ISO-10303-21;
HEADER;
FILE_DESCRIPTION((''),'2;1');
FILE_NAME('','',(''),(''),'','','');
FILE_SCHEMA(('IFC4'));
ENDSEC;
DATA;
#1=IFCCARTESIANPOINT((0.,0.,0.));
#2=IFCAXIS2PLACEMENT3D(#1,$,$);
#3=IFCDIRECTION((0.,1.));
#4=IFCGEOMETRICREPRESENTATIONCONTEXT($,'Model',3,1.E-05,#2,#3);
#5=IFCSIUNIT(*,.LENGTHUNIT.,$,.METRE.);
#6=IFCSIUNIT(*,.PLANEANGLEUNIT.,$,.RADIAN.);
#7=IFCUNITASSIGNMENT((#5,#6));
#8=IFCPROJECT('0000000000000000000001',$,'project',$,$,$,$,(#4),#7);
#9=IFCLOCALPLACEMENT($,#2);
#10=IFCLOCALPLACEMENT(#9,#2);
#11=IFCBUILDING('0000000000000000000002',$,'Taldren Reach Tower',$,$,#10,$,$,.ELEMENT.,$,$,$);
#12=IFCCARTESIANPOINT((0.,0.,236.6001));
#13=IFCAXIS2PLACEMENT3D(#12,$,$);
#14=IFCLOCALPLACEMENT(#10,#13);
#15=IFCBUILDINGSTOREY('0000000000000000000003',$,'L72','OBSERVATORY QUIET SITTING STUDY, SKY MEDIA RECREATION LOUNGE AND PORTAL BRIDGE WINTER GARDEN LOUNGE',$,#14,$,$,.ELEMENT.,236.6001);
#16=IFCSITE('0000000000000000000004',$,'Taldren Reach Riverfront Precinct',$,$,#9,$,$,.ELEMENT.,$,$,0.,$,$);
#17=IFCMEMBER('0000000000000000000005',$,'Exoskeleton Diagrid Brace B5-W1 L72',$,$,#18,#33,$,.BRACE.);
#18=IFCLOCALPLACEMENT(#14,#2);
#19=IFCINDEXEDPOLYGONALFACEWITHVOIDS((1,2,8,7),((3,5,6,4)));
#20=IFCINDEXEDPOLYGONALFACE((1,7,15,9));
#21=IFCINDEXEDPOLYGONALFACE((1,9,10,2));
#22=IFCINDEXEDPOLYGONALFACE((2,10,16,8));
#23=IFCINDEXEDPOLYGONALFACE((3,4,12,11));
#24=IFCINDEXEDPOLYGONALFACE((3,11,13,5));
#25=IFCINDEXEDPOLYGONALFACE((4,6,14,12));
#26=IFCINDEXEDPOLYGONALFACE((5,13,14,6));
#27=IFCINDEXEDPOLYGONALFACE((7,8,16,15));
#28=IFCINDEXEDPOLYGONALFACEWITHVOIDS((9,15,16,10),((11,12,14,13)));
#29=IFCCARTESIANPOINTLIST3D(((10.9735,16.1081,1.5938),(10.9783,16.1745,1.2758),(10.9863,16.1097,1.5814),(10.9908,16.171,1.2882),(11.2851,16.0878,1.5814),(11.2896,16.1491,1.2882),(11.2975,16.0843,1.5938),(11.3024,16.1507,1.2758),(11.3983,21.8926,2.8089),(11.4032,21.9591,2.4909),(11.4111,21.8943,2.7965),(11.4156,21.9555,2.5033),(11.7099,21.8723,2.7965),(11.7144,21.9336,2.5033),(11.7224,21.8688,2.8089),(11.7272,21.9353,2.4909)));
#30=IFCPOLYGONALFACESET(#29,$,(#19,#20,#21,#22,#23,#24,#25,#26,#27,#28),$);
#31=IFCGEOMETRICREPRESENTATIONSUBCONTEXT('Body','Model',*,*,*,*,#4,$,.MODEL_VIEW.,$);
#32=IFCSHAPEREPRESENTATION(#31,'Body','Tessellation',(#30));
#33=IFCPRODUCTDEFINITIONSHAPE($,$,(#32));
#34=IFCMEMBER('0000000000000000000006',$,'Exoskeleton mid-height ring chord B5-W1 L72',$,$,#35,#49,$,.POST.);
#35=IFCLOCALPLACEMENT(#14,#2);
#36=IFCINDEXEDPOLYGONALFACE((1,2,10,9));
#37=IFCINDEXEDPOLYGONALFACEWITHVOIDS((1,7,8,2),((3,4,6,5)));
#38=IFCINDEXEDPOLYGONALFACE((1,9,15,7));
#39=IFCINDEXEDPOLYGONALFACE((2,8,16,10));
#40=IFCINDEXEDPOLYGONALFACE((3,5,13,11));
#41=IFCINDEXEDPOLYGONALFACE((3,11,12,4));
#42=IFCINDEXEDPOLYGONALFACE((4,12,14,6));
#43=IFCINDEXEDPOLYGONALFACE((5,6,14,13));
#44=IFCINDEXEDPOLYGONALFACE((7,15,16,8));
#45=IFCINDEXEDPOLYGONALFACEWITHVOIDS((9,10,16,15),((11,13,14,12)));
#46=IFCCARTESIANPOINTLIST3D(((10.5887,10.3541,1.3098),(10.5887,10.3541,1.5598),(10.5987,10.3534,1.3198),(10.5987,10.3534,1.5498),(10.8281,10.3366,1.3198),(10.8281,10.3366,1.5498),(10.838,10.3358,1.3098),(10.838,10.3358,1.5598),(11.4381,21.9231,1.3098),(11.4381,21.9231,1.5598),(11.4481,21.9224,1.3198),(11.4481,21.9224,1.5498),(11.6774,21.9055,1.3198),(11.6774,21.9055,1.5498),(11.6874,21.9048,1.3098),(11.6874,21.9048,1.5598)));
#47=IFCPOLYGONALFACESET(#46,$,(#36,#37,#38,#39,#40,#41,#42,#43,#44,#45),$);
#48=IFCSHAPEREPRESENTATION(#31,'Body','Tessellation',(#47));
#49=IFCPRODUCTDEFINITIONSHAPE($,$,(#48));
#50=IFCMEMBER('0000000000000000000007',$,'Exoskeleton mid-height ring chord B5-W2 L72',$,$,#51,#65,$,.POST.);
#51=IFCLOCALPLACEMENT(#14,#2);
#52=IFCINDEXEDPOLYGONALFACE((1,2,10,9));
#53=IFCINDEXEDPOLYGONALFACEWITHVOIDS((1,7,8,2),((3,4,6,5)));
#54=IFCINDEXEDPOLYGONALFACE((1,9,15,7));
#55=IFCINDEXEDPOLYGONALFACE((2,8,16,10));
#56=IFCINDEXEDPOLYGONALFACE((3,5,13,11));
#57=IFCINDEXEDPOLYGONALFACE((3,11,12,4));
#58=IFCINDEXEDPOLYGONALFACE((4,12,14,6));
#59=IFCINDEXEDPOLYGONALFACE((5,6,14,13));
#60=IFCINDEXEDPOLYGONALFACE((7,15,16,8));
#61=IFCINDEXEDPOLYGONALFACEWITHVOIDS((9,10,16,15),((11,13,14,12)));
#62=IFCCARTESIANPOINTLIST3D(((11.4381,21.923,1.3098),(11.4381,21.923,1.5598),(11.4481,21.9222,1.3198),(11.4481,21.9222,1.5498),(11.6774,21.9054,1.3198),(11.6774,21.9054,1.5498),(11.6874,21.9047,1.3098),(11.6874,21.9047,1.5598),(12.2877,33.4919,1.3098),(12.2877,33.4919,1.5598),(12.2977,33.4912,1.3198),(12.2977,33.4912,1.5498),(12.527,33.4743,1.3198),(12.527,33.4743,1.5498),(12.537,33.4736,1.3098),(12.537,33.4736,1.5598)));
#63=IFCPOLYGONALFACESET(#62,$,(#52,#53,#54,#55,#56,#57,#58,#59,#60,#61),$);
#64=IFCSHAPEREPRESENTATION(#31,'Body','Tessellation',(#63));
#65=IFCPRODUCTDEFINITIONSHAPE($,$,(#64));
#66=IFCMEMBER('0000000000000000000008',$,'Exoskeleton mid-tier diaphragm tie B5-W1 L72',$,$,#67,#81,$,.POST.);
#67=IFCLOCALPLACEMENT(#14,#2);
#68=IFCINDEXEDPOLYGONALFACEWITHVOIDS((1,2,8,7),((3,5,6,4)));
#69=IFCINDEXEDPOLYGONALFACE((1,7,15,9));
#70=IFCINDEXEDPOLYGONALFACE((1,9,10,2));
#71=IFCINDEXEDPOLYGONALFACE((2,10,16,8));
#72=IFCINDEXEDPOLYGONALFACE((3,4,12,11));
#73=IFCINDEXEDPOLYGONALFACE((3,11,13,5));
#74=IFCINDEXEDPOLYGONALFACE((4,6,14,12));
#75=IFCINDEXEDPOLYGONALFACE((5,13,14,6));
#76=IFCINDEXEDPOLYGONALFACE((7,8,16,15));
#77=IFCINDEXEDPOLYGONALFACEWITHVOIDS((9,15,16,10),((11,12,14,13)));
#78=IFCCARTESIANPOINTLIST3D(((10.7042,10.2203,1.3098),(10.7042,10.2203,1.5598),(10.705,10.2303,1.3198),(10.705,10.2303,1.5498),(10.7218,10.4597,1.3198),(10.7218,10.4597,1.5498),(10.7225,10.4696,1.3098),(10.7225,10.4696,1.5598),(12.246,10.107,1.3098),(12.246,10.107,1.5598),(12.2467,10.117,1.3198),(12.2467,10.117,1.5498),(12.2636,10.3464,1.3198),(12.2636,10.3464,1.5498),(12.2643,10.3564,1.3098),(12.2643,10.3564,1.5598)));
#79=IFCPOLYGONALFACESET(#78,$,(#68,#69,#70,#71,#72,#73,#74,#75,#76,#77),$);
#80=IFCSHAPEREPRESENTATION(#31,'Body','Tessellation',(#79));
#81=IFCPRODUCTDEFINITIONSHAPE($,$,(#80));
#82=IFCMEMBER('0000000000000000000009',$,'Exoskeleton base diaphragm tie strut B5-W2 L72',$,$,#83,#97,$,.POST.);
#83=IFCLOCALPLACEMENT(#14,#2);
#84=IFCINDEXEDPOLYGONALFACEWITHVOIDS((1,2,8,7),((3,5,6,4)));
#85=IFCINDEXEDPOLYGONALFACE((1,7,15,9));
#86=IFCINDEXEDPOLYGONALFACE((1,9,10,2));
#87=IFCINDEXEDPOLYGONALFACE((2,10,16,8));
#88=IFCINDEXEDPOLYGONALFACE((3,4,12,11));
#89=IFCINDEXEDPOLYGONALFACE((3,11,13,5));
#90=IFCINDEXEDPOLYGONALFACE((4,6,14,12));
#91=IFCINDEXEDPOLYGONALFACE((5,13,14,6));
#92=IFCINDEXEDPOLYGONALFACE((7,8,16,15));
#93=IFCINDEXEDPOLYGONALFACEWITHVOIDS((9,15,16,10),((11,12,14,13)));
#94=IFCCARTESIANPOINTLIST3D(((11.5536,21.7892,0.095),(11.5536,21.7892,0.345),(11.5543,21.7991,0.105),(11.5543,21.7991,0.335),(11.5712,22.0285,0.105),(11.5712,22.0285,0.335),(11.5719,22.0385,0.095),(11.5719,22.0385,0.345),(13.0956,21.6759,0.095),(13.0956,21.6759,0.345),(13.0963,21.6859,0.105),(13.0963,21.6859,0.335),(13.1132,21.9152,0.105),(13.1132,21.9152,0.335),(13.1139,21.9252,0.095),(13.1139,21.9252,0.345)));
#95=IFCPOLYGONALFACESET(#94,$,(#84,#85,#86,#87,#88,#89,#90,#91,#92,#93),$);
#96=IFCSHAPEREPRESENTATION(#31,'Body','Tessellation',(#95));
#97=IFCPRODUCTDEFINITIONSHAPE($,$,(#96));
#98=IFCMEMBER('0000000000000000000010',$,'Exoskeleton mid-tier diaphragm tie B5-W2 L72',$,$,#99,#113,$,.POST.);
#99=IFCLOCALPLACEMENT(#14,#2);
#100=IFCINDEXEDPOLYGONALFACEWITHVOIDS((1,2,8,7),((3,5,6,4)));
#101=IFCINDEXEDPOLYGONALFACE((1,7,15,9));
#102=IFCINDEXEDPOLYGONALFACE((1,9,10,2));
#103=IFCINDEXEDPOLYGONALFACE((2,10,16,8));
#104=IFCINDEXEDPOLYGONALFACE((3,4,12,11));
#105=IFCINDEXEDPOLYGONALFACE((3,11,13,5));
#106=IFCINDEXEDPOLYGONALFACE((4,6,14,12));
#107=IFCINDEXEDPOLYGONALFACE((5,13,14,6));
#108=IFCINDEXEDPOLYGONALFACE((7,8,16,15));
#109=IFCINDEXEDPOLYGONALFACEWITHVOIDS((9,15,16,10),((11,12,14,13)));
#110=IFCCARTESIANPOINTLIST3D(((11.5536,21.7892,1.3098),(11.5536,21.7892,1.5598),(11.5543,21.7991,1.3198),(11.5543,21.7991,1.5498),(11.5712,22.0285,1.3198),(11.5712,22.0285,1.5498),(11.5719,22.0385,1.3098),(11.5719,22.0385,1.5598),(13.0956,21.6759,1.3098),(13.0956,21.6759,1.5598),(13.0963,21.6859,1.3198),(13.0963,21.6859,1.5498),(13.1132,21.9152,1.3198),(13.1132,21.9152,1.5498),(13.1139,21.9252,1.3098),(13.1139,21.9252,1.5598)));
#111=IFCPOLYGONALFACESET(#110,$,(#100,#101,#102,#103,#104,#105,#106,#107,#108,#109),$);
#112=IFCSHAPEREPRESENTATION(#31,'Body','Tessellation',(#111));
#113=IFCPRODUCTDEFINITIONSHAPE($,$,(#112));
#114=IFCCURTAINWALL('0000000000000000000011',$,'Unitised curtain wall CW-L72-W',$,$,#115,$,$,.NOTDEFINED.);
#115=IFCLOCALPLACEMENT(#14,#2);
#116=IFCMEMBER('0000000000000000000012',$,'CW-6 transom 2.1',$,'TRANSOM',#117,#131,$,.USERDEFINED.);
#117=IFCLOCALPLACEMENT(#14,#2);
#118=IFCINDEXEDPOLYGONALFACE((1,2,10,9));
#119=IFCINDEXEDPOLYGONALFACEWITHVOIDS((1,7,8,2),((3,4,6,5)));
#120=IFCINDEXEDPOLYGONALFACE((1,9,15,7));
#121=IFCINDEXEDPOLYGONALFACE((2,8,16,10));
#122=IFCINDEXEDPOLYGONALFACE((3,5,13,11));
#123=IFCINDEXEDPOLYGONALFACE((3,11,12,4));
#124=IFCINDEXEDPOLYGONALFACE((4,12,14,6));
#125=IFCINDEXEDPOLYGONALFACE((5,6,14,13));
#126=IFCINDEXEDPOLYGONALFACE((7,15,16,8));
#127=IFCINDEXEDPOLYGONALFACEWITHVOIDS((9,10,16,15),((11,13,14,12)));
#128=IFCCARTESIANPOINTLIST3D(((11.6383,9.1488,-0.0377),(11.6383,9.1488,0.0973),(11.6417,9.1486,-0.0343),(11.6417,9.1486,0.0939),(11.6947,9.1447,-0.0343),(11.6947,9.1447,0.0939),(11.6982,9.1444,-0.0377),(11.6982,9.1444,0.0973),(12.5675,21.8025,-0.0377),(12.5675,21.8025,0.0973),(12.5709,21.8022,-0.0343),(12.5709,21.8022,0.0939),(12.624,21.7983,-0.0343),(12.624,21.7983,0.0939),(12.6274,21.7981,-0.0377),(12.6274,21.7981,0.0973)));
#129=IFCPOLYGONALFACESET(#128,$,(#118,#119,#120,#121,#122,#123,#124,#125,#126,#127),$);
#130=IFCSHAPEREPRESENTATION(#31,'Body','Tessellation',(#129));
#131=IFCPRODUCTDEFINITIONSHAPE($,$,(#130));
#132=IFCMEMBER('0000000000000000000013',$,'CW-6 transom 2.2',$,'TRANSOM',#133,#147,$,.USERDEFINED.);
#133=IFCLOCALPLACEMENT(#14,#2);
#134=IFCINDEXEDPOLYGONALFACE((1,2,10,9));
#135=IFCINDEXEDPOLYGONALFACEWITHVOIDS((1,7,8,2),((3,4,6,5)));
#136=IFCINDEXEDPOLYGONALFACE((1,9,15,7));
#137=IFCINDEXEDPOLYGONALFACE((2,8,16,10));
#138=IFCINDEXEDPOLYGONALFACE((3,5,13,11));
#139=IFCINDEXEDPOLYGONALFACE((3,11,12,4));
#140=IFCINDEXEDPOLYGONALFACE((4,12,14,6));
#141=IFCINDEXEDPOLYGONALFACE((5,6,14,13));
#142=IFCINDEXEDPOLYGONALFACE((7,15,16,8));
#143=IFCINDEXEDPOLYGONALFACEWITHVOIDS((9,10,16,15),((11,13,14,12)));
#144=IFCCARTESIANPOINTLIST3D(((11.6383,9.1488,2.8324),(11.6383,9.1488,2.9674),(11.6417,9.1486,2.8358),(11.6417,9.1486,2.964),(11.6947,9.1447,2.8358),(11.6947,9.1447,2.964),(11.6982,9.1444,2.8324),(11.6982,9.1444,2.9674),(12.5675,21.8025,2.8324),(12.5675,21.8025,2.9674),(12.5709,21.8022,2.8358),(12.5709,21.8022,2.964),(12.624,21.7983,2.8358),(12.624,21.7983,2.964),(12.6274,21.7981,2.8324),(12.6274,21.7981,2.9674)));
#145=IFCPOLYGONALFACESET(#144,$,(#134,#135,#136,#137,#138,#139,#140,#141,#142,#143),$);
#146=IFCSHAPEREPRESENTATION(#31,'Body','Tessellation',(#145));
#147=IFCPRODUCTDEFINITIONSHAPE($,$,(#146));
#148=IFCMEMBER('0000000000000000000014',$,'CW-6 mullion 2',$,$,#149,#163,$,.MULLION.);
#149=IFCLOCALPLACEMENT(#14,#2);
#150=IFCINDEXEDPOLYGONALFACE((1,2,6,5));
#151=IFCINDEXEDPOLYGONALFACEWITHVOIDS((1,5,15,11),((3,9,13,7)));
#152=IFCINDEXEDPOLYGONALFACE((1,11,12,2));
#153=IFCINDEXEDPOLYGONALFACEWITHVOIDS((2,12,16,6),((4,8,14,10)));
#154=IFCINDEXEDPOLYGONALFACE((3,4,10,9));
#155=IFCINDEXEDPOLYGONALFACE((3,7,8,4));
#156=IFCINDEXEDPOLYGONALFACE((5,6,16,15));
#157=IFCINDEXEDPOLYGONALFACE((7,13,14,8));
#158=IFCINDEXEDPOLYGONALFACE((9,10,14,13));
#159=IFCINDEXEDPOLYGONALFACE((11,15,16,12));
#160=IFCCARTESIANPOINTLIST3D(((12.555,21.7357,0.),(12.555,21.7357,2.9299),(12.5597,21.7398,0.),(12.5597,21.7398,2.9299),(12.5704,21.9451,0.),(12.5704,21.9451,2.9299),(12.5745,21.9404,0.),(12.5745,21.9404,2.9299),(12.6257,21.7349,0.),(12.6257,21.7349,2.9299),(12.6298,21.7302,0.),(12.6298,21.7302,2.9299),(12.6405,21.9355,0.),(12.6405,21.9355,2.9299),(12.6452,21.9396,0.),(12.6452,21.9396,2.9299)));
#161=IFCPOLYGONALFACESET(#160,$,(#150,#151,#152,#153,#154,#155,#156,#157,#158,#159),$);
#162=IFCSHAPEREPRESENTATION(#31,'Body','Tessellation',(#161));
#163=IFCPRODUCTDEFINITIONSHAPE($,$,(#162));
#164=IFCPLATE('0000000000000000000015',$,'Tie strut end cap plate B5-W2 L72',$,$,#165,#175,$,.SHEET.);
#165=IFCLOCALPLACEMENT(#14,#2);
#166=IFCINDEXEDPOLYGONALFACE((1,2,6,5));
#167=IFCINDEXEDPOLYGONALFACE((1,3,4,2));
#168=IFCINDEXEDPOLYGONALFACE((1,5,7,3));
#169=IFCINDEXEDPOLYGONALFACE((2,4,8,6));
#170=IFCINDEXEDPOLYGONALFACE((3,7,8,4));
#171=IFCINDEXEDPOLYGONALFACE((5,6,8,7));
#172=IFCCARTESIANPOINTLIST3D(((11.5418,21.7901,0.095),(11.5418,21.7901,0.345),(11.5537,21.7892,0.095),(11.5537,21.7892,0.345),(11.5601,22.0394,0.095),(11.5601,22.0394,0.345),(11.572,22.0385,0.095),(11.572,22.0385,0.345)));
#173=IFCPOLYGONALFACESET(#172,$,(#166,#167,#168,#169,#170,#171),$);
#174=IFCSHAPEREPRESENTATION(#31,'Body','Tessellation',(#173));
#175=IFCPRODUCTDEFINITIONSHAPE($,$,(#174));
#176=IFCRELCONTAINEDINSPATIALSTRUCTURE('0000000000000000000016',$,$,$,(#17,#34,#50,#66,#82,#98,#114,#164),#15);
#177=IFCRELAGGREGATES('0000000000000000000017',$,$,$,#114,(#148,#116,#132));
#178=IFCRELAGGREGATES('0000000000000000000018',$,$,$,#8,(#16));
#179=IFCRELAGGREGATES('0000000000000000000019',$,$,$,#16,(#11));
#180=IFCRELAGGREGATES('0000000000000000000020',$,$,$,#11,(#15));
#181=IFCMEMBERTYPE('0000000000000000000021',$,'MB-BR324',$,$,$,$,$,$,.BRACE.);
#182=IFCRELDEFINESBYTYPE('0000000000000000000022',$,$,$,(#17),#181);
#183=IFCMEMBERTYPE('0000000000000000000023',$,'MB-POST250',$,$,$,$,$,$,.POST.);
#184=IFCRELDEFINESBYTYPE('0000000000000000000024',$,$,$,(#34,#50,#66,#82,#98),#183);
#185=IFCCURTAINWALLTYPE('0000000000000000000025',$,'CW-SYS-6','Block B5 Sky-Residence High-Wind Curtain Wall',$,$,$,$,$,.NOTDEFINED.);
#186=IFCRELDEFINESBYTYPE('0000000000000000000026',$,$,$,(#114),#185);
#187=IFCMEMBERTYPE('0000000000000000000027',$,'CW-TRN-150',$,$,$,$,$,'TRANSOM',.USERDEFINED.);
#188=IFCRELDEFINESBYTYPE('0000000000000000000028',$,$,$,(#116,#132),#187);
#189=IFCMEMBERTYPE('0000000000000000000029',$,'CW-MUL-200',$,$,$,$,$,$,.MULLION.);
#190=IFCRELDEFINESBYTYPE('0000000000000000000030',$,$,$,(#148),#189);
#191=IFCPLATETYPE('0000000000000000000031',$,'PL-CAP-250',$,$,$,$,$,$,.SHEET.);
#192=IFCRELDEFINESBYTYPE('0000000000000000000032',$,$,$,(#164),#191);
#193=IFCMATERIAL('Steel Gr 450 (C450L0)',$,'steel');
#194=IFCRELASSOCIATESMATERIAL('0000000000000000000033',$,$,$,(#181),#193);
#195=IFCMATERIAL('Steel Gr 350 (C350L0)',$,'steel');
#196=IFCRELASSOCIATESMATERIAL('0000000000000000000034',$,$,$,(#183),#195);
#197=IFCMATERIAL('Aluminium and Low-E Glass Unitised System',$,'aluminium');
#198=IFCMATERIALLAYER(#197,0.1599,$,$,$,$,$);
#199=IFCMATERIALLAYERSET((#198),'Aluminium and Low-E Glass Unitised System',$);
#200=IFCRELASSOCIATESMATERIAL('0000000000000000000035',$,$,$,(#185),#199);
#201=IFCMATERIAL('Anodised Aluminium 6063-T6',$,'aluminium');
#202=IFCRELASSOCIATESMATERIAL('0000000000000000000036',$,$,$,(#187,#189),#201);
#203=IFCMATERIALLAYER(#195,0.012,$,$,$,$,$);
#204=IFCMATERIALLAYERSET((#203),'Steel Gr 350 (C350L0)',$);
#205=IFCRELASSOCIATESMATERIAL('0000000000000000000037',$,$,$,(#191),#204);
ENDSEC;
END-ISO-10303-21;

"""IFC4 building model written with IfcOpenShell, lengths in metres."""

from ifc_helpers import new_model, si_unit, direction, frame, origin, origin_2d, place, context, subcontext, project, spatial, rectangle, hollow_rectangle, extrude, source, transform, mapped, material, layer, layer_set, material_profile, profile_set, type_object, element, aggregate, save


model = new_model("IFC4")

# Units and contexts
model_context = context("Model", 3, precision=1e-05, world=origin(), true_north=direction((0.0, 1.0)))
body_context = subcontext(model_context, "Body", "Model", "MODEL_VIEW")
ifc_project = project(units=[si_unit("LENGTHUNIT", "METRE"), si_unit("PLANEANGLEUNIT", "RADIAN")], contexts=[model_context])

# Site, building, storey
site_placement = place(None, origin())
site = spatial("IfcSite", under=ifc_project, at=site_placement, Name="Taldren Reach Riverfront Precinct", CompositionType="ELEMENT", RefElevation=0.0)
building_placement = place(site_placement, origin())
building = spatial("IfcBuilding", under=site, at=building_placement, Name="Taldren Reach Tower", CompositionType="ELEMENT")
storey_placement = place(building_placement, frame((0.0, 0.0, 236.6001)))
storey = spatial("IfcBuildingStorey", under=building, at=storey_placement, Name="L72", Description="OBSERVATORY QUIET SITTING STUDY, SKY MEDIA RECREATION LOUNGE AND PORTAL BRIDGE WINTER GARDEN LOUNGE", CompositionType="ELEMENT", Elevation=236.6001)

# Shared definitions
ifc_material_1 = material(Name="Steel Gr 450 (C450L0)", Category="steel")

# Members
ifc_material_profile_1 = material_profile(ifc_material_1, hollow_rectangle(XDim=0.325, YDim=0.325, WallThickness=0.0127, at=origin_2d()), Name="325x325x12.7SHS")
ifc_profile_set_1 = profile_set([ifc_material_profile_1], Name="Steel Gr 450 (C450L0)")
member_type_1 = type_object("IfcMemberType", Name="MB-BR324", PredefinedType="BRACE", material=ifc_profile_set_1)
shared_shape_1 = source(origin(), body_context, "Body", "SweptSolid", [
    extrude(hollow_rectangle(XDim=0.325, YDim=0.325, WallThickness=0.0127, at=origin_2d()), origin(), (0.0, 0.0, 1.0), 5.926),
])
member_1_placement = place(storey_placement, frame((11.1379, 16.1294, 1.4348), z_axis=(0.071686, 0.976123, 0.205046), x_axis=(-0.997314, 0.073242, 0.0)))
element("IfcMember", 1, at=member_1_placement, inside=storey, type_object=member_type_1, Name="Exoskeleton Diagrid Brace B5-W1 L72", PredefinedType="BRACE", context=body_context, shape_type="MappedRepresentation", body=[
    mapped(shared_shape_1, transform((0.0, 0.0, 0.0), scale=1.0)),
])
ifc_material_2 = material(Name="Steel Gr 350 (C350L0)", Category="steel")
ifc_material_profile_2 = material_profile(ifc_material_2, hollow_rectangle(XDim=0.25, YDim=0.25, WallThickness=0.01, at=origin_2d()), Name="250x250x10.0SHS")
ifc_profile_set_2 = profile_set([ifc_material_profile_2], Name="Steel Gr 350 (C350L0)")
member_type_2 = type_object("IfcMemberType", Name="MB-POST250", PredefinedType="POST", material=ifc_profile_set_2)
shared_shape_2 = source(origin(), body_context, "Body", "SweptSolid", [
    extrude(hollow_rectangle(XDim=0.25, YDim=0.25, WallThickness=0.01, at=origin_2d()), origin(), (0.0, 0.0, 1.0), 11.6001),
])
for number, where, z_axis, x_axis, name in (
    (2, (10.7134, 10.345, 1.4348), (0.073221, 0.997316, 0.0), (-0.997316, 0.073221, 0.0), "Exoskeleton mid-height ring chord B5-W1 L72"),
    (3, (11.5627, 21.9138, 1.4348), (0.073242, 0.997314, 0.0), (-0.997314, 0.073242, 0.0), "Exoskeleton mid-height ring chord B5-W2 L72"),
):
    element("IfcMember", number, at=place(storey_placement, frame(where, z_axis=z_axis, x_axis=x_axis)), inside=storey, type_object=member_type_2, Name=name, PredefinedType="POST", context=body_context, shape_type="MappedRepresentation", body=[
        mapped(shared_shape_2, transform((0.0, 0.0, 0.0), scale=1.0)),
    ])
shared_shape_3 = source(origin(), body_context, "Body", "SweptSolid", [
    extrude(hollow_rectangle(XDim=0.25, YDim=0.25, WallThickness=0.01, at=origin_2d()), origin(), (0.0, 0.0, 1.0), 1.5459),
])
member_2_placement = place(storey_placement, frame((12.2551, 10.2317, 1.4348), z_axis=(-0.997312, 0.073278, 0.0), x_axis=(-0.073278, -0.997312, 0.0)))
element("IfcMember", 4, at=member_2_placement, inside=storey, type_object=member_type_2, Name="Exoskeleton mid-tier diaphragm tie B5-W1 L72", PredefinedType="POST", context=body_context, shape_type="MappedRepresentation", body=[
    mapped(shared_shape_3, transform((0.0, 0.0, 0.0), scale=1.0)),
])
shared_shape_4 = source(origin(), body_context, "Body", "SweptSolid", [
    extrude(hollow_rectangle(XDim=0.25, YDim=0.25, WallThickness=0.01, at=origin_2d()), origin(), (0.0, 0.0, 1.0), 1.5461),
])
for number, where, z_axis, x_axis, name in (
    (5, (13.1047, 21.8005, 0.22), (-0.997312, 0.073267, 0.0), (-0.073267, -0.997312, 0.0), "Exoskeleton base diaphragm tie strut B5-W2 L72"),
    (6, (13.1047, 21.8005, 1.4348), (-0.997312, 0.073267, 0.0), (-0.073267, -0.997312, 0.0), "Exoskeleton mid-tier diaphragm tie B5-W2 L72"),
):
    element("IfcMember", number, at=place(storey_placement, frame(where, z_axis=z_axis, x_axis=x_axis)), inside=storey, type_object=member_type_2, Name=name, PredefinedType="POST", context=body_context, shape_type="MappedRepresentation", body=[
        mapped(shared_shape_4, transform((0.0, 0.0, 0.0), scale=1.0)),
    ])

# Curtain wall, members
ifc_material_3 = material(Name="Aluminium and Low-E Glass Unitised System", Category="aluminium")
ifc_layer_1 = layer(ifc_material_3, 0.1599)
ifc_layer_set_1 = layer_set([ifc_layer_1], Name="Aluminium and Low-E Glass Unitised System")
curtain_wall_type = type_object("IfcCurtainWallType", Name="CW-SYS-6", Description="Block B5 Sky-Residence High-Wind Curtain Wall", PredefinedType="NOTDEFINED", material=ifc_layer_set_1)
curtain_wall_placement = place(storey_placement, origin())
curtain_wall = element("IfcCurtainWall", 7, at=curtain_wall_placement, inside=storey, type_object=curtain_wall_type, Name="Unitised curtain wall CW-L72-W", PredefinedType="NOTDEFINED")
ifc_material_4 = material(Name="Anodised Aluminium 6063-T6", Category="aluminium")
ifc_material_profile_3 = material_profile(ifc_material_4, hollow_rectangle(XDim=0.0601, YDim=0.135, WallThickness=0.0034, at=origin_2d()), Name="ALU-135x60x3.5RHS")
ifc_profile_set_3 = profile_set([ifc_material_profile_3], Name="Anodised Aluminium 6063-T6")
member_type_3 = type_object("IfcMemberType", Name="CW-TRN-150", ElementType="TRANSOM", PredefinedType="USERDEFINED", material=ifc_profile_set_3)
shared_shape_5 = source(origin(), body_context, "Body", "SweptSolid", [
    extrude(hollow_rectangle(XDim=0.0601, YDim=0.135, WallThickness=0.0034, at=origin_2d()), origin(), (0.0, 0.0, 1.0), 12.6877),
])
member_3_placement = place(storey_placement, frame((12.5974, 21.8003, 0.0298), z_axis=(-0.073237, -0.997315, 0.0), x_axis=(0.997315, -0.073237, 0.0)))
member_3 = element("IfcMember", 8, at=member_3_placement, type_object=member_type_3, Name="CW-6 transom 2.1", ObjectType="TRANSOM", PredefinedType="USERDEFINED", context=body_context, shape_type="MappedRepresentation", body=[
    mapped(shared_shape_5, transform((0.0, 0.0, 0.0), scale=1.0)),
])
member_4_placement = place(storey_placement, frame((12.5974, 21.8003, 2.8999), z_axis=(-0.073237, -0.997315, 0.0), x_axis=(0.997315, -0.073237, 0.0)))
member_4 = element("IfcMember", 9, at=member_4_placement, type_object=member_type_3, Name="CW-6 transom 2.2", ObjectType="TRANSOM", PredefinedType="USERDEFINED", context=body_context, shape_type="MappedRepresentation", body=[
    mapped(shared_shape_5, transform((0.0, 0.0, 0.0), scale=1.0)),
])
ifc_material_profile_4 = material_profile(ifc_material_4, hollow_rectangle(XDim=0.075, YDim=0.21, WallThickness=0.0044, at=origin_2d()), Name="ALU-210x75x4.5RHS")
ifc_profile_set_4 = profile_set([ifc_material_profile_4], Name="Anodised Aluminium 6063-T6")
member_type_4 = type_object("IfcMemberType", Name="CW-MUL-200", PredefinedType="MULLION", material=ifc_profile_set_4)
shared_shape_6 = source(origin(), body_context, "Body", "SweptSolid", [
    extrude(hollow_rectangle(XDim=0.075, YDim=0.21, WallThickness=0.0044, at=origin_2d()), origin(), (0.0, 0.0, 1.0), 2.9299),
])
member_5_placement = place(storey_placement, frame((12.6001, 21.8376, 0.0), z_axis=(0.0, 0.0, 1.0), x_axis=(0.997314, -0.073238, 0.0)))
member_5 = element("IfcMember", 10, at=member_5_placement, type_object=member_type_4, Name="CW-6 mullion 2", PredefinedType="MULLION", context=body_context, shape_type="MappedRepresentation", body=[
    mapped(shared_shape_6, transform((0.0, 0.0, 0.0), scale=1.0)),
])

# Plate
ifc_layer_2 = layer(ifc_material_2, 0.012)
ifc_layer_set_2 = layer_set([ifc_layer_2], Name="Steel Gr 350 (C350L0)")
plate_type_1 = type_object("IfcPlateType", Name="PL-CAP-250", PredefinedType="SHEET", material=ifc_layer_set_2)
shared_shape_7 = source(origin(), body_context, "Body", "SweptSolid", [
    extrude(rectangle(XDim=0.012, YDim=0.25, at=origin_2d()), origin(), (0.0, 0.0, 1.0), 0.25),
])
plate_1_placement = place(storey_placement, frame((11.5569, 21.9143, 0.095), z_axis=(0.0, 0.0, 1.0), x_axis=(0.997314, -0.073238, 0.0)))
element("IfcPlate", 11, at=plate_1_placement, inside=storey, type_object=plate_type_1, Name="Tie strut end cap plate B5-W2 L72", PredefinedType="SHEET", context=body_context, shape_type="MappedRepresentation", body=[
    mapped(shared_shape_7, transform((0.0, 0.0, 0.0), scale=1.0)),
])

aggregate(curtain_wall, [member_5, member_3, member_4])

save(model, "model.ifc")
